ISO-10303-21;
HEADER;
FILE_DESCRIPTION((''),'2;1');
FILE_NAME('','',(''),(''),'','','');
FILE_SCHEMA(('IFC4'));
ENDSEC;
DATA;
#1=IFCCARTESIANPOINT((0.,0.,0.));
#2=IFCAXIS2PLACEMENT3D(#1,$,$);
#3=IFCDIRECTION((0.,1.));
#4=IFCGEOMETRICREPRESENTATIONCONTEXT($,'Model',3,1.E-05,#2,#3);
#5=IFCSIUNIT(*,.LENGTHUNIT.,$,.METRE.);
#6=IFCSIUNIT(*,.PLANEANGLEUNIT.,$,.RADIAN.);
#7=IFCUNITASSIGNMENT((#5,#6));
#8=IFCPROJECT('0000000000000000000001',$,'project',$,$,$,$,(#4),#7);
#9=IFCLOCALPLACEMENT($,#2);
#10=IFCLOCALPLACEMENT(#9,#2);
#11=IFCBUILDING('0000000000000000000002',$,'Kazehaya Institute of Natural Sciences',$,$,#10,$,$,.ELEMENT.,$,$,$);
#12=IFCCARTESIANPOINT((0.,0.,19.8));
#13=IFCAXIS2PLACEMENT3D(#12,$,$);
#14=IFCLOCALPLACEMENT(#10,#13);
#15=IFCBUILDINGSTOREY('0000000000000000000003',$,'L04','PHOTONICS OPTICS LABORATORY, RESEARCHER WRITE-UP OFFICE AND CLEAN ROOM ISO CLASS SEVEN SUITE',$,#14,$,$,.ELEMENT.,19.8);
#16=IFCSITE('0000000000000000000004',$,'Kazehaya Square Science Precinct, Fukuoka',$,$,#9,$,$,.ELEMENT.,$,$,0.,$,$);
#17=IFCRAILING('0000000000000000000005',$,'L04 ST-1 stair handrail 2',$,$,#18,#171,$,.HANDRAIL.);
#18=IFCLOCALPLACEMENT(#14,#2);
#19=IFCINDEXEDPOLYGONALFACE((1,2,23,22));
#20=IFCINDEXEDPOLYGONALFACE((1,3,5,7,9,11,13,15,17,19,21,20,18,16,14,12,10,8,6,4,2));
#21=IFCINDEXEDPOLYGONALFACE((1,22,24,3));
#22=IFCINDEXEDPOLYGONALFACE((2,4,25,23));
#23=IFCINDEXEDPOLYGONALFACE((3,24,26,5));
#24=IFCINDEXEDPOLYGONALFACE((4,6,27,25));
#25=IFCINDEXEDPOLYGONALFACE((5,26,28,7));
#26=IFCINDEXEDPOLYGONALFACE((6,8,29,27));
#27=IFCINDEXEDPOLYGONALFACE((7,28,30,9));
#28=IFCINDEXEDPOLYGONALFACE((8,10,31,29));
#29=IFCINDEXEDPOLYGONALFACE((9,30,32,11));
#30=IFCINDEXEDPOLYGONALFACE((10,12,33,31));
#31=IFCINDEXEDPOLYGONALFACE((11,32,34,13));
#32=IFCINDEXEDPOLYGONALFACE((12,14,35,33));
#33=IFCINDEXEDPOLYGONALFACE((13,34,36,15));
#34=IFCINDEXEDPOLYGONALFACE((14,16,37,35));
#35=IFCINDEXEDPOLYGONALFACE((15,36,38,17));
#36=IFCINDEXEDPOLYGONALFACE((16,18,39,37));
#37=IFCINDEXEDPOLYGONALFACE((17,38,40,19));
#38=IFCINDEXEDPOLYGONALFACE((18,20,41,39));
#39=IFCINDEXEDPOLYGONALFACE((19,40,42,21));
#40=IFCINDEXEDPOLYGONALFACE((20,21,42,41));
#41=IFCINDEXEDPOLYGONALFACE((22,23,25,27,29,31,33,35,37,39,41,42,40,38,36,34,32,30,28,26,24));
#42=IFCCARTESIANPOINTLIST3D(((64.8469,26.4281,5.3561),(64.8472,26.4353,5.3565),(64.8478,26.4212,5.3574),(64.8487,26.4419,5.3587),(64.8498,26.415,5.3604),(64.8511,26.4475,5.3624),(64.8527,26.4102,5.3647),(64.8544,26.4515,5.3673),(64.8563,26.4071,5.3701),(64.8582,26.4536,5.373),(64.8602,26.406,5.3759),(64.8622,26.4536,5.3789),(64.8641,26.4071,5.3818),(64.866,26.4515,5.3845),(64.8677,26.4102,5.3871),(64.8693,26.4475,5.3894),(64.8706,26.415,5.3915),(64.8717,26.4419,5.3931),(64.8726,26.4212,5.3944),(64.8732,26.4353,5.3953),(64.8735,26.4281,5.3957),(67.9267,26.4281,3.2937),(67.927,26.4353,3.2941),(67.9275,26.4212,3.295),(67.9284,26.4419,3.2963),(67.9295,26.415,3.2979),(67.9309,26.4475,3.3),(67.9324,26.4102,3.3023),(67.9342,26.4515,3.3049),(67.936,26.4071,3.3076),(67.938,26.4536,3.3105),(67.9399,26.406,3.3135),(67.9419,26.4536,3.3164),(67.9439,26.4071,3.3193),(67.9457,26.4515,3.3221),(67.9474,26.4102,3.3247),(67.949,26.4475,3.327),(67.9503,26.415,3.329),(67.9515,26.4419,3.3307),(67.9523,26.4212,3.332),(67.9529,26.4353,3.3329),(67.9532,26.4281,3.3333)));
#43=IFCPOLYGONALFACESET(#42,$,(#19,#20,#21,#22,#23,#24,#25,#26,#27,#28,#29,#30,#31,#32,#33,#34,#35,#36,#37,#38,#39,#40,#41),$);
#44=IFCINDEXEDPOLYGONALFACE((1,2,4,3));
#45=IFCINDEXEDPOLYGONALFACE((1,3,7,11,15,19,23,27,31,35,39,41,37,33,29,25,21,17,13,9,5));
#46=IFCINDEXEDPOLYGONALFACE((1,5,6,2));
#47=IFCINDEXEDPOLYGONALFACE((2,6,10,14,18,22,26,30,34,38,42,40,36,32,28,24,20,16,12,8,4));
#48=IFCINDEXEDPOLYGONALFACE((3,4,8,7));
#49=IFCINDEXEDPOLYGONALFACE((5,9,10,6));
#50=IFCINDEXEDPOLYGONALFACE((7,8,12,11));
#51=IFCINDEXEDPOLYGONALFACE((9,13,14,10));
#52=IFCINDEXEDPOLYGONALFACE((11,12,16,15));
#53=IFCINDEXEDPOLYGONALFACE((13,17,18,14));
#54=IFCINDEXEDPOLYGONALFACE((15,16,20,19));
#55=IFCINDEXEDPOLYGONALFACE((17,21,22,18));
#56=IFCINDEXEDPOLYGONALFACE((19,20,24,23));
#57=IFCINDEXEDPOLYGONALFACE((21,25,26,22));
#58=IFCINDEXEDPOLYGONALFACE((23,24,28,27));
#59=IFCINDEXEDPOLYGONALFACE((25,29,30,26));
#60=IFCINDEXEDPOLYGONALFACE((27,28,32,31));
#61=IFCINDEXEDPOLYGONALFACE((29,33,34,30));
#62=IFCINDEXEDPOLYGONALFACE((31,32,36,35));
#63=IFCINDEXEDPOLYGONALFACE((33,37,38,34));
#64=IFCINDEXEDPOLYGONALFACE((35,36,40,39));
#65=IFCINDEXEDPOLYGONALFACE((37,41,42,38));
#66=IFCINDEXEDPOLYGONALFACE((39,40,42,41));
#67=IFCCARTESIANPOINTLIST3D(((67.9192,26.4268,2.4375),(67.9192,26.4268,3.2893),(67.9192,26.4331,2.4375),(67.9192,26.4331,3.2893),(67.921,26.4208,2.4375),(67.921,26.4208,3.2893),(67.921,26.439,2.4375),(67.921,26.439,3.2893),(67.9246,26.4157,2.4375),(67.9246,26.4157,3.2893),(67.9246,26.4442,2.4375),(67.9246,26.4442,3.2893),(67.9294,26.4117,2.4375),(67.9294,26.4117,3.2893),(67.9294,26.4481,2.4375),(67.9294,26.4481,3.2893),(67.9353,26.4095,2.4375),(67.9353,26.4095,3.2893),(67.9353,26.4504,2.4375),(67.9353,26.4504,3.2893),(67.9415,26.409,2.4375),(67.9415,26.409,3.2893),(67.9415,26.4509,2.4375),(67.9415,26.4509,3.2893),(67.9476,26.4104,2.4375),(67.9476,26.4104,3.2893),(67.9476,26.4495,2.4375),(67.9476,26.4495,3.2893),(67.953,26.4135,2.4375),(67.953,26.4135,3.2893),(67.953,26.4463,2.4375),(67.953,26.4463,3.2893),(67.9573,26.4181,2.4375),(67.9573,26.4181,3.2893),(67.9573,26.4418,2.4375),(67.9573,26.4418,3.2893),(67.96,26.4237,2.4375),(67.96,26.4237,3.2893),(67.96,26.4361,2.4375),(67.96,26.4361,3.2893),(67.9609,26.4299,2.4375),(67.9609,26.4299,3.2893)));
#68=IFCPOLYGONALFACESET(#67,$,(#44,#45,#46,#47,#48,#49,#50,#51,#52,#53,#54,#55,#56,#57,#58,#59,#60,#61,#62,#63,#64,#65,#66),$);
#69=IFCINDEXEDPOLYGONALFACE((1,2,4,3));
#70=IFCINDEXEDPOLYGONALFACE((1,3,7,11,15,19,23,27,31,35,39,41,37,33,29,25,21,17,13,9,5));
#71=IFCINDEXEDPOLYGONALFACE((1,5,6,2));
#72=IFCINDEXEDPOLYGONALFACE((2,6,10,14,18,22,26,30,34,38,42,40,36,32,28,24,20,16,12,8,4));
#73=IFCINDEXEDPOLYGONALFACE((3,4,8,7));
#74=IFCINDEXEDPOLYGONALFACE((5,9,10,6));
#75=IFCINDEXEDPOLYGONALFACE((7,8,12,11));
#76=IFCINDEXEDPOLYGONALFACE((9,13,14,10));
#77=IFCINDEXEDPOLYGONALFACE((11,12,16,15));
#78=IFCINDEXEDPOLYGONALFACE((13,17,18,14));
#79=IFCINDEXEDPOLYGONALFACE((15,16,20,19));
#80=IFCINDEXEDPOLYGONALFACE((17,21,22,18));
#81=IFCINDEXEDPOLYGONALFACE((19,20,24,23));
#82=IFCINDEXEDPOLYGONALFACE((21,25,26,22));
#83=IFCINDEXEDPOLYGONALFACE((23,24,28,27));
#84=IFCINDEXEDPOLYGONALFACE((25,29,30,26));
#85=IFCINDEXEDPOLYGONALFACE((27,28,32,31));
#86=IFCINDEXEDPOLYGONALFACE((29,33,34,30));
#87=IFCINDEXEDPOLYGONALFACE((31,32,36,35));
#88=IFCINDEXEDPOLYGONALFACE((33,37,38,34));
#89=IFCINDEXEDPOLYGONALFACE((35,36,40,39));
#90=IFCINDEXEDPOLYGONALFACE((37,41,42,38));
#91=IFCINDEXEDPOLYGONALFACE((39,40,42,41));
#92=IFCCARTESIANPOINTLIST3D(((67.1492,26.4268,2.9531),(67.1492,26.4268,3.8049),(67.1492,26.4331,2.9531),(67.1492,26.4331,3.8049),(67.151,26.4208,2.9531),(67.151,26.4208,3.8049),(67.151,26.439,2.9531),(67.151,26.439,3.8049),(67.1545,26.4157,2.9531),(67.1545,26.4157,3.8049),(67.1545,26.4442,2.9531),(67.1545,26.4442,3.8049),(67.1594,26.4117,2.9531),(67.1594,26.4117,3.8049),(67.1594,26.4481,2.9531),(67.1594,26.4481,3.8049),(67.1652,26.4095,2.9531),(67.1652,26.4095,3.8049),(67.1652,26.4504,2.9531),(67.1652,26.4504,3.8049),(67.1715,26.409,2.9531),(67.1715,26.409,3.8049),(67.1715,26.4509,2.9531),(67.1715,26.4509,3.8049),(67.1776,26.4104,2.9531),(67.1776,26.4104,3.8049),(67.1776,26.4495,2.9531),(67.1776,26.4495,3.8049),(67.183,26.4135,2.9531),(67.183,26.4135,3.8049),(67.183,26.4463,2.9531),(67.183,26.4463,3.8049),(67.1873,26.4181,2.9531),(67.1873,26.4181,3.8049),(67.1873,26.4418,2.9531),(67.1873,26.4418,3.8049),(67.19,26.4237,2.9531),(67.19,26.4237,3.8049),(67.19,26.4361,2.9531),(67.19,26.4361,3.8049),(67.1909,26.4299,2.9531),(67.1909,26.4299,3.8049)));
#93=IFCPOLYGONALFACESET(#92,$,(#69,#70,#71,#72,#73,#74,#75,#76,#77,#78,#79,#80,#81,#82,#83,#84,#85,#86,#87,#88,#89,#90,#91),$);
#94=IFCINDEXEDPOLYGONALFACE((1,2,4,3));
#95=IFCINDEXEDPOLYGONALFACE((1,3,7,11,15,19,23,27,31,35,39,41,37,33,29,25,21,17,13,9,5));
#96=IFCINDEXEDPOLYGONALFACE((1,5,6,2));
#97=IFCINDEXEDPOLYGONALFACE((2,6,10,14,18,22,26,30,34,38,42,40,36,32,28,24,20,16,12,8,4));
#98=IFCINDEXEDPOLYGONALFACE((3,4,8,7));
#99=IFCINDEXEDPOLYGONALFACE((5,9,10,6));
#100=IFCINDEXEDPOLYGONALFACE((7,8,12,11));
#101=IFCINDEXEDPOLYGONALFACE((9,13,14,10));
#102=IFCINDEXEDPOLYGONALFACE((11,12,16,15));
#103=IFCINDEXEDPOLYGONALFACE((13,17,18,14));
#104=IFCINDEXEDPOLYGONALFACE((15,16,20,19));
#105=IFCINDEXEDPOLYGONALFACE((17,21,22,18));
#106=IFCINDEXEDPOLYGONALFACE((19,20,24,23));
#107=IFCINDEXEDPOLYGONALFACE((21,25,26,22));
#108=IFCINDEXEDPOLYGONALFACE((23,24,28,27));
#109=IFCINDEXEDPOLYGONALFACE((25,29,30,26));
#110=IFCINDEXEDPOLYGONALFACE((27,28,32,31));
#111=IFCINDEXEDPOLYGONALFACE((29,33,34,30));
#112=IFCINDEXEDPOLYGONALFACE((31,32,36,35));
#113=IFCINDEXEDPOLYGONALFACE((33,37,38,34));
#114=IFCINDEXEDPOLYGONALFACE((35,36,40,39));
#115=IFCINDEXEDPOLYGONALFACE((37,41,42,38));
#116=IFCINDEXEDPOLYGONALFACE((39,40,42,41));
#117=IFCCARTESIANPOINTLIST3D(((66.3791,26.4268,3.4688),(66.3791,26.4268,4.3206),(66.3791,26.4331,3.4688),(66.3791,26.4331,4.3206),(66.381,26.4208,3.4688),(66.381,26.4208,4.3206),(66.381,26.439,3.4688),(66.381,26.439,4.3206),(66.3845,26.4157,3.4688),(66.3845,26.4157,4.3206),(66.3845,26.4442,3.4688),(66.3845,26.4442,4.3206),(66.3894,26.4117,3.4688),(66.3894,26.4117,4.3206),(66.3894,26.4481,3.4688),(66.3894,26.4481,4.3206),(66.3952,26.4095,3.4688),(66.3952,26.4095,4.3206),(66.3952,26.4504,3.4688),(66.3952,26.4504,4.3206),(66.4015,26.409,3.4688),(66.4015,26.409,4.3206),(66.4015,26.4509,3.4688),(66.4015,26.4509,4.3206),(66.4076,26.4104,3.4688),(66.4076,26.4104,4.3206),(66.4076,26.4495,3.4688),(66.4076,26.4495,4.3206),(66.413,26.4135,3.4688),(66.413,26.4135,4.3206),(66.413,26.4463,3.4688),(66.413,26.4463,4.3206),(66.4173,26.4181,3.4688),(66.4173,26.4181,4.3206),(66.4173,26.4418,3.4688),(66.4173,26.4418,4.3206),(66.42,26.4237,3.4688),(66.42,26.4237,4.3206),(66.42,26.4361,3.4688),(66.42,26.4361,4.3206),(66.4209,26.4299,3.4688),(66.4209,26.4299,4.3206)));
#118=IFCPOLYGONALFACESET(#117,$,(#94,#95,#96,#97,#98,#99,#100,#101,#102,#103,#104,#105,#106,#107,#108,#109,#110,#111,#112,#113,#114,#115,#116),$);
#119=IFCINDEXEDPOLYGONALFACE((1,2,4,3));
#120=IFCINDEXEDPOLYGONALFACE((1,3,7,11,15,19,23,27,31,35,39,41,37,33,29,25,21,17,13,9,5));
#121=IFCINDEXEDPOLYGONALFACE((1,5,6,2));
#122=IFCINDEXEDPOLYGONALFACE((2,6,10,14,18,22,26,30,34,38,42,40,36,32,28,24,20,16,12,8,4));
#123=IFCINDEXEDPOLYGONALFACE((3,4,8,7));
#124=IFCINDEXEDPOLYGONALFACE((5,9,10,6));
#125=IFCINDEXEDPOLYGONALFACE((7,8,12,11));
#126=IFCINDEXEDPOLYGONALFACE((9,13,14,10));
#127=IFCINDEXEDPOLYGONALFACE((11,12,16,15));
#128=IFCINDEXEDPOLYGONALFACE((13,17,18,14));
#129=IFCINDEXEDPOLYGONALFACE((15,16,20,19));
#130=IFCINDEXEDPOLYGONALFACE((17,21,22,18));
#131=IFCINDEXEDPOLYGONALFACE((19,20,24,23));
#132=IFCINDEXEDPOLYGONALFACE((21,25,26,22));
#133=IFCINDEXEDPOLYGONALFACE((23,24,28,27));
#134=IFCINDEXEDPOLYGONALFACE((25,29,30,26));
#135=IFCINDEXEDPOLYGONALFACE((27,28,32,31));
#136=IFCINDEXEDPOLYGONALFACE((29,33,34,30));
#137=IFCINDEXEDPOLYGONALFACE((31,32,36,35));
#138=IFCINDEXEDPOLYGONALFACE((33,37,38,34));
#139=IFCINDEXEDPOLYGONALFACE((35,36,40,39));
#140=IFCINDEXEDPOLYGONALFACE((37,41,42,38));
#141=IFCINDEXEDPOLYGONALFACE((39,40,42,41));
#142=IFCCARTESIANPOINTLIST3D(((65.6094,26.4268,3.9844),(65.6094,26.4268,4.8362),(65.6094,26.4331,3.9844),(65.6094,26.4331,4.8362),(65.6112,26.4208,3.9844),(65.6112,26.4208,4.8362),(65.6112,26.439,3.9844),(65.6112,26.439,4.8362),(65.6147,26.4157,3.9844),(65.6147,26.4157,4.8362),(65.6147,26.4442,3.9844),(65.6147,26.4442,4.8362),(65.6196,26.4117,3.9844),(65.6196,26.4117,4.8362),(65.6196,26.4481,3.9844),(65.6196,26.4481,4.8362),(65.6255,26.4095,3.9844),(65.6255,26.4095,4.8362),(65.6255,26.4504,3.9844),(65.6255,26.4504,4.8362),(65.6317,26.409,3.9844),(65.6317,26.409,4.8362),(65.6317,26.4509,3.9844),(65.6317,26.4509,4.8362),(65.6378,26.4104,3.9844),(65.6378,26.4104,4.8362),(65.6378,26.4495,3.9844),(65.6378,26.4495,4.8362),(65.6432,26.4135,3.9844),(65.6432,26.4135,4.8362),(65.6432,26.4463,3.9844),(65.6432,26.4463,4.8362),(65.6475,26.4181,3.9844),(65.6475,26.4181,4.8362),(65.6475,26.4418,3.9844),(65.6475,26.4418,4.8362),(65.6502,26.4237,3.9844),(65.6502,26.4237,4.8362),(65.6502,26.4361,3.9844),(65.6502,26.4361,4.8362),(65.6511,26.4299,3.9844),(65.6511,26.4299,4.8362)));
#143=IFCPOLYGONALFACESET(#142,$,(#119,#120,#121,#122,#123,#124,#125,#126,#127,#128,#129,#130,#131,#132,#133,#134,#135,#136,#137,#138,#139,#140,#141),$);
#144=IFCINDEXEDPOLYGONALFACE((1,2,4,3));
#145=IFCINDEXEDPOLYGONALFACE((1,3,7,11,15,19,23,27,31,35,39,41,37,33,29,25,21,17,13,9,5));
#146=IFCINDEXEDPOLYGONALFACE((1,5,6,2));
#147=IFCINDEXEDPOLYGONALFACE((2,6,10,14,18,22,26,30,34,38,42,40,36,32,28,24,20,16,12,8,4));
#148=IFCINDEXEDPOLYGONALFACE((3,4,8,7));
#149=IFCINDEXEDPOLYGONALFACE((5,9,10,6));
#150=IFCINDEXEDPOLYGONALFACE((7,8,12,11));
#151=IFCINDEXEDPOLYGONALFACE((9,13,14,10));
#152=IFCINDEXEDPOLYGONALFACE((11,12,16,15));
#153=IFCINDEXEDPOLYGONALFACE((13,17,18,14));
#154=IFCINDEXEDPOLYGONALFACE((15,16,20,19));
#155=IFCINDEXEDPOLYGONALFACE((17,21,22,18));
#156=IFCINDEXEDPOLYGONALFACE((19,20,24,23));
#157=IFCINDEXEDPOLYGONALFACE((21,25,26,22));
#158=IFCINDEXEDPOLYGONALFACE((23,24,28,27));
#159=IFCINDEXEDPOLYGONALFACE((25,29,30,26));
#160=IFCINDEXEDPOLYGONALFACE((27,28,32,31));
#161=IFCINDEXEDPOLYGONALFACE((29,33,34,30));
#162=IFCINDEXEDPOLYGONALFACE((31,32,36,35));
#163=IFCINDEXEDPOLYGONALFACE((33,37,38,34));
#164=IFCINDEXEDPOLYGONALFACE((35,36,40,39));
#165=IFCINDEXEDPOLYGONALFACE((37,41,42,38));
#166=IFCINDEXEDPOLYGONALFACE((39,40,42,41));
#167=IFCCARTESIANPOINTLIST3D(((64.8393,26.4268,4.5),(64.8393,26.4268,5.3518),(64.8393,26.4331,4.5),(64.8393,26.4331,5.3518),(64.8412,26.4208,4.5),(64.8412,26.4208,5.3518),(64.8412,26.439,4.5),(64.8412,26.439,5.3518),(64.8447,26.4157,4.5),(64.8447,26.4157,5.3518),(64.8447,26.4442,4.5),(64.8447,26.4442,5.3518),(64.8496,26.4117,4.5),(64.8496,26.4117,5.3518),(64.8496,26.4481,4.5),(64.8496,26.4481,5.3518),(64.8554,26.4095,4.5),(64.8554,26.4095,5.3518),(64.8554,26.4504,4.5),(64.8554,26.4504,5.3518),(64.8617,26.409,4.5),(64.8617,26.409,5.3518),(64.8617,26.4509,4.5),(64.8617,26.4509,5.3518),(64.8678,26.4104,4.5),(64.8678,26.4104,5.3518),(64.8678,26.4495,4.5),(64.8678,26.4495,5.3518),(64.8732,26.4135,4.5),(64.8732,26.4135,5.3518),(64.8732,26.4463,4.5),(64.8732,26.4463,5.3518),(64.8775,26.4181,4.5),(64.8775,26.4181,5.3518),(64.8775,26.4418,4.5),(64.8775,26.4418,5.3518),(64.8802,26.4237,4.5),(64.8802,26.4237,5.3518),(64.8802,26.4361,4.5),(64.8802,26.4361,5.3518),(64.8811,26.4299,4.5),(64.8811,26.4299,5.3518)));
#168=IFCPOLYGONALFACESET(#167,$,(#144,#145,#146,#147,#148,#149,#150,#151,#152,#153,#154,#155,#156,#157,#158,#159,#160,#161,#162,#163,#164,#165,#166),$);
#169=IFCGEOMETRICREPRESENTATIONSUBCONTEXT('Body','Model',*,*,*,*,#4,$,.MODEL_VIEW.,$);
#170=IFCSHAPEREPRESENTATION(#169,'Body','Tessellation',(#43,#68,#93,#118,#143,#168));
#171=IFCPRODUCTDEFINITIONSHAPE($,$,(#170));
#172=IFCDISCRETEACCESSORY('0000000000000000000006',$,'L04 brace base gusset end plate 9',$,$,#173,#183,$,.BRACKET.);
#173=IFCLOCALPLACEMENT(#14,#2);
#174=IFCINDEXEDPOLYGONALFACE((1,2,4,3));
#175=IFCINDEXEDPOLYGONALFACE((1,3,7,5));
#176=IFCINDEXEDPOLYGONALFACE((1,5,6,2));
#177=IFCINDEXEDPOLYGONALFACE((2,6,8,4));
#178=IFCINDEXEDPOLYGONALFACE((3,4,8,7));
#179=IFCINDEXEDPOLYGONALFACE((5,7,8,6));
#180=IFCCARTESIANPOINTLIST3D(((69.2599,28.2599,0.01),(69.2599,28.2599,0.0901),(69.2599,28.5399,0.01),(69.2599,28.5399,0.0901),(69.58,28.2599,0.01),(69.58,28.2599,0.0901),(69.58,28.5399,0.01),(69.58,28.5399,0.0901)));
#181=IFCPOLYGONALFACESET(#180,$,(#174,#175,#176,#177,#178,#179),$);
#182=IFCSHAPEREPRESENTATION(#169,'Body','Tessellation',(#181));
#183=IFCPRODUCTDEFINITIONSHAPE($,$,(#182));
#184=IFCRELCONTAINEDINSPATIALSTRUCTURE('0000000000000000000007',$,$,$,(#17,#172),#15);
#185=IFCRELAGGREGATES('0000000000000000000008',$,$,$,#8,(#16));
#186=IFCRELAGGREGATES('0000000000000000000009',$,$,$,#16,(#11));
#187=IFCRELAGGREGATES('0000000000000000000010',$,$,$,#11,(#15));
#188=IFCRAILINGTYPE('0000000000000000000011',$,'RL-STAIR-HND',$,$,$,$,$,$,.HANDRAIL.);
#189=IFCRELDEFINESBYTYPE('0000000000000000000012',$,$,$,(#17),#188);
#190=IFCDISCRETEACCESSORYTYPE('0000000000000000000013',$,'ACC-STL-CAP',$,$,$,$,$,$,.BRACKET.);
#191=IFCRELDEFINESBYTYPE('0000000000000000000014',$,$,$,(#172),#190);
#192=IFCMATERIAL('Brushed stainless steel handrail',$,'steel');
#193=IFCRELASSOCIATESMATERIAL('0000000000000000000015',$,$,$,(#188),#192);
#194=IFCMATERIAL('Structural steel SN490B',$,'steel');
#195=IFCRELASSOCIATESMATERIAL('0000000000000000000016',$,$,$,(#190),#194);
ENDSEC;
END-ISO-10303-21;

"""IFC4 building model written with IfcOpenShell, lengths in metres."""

from ifc_helpers import new_model, si_unit, direction, frame, origin, origin_2d, place, context, subcontext, project, spatial, rectangle, circle, extrude, material, type_object, element, save


model = new_model("IFC4")

# Units and contexts
model_context = context("Model", 3, precision=1e-05, world=origin(), true_north=direction((0.0, 1.0)))
body_context = subcontext(model_context, "Body", "Model", "MODEL_VIEW")
ifc_project = project(units=[si_unit("LENGTHUNIT", "METRE"), si_unit("PLANEANGLEUNIT", "RADIAN")], contexts=[model_context])

# Site, building, storey
site_placement = place(None, origin())
site = spatial("IfcSite", under=ifc_project, at=site_placement, Name="Kazehaya Square Science Precinct, Fukuoka", CompositionType="ELEMENT", RefElevation=0.0)
building_placement = place(site_placement, origin())
building = spatial("IfcBuilding", under=site, at=building_placement, Name="Kazehaya Institute of Natural Sciences", CompositionType="ELEMENT")
storey_placement = place(building_placement, frame((0.0, 0.0, 19.8)))
storey = spatial("IfcBuildingStorey", under=building, at=storey_placement, Name="L04", Description="PHOTONICS OPTICS LABORATORY, RESEARCHER WRITE-UP OFFICE AND CLEAN ROOM ISO CLASS SEVEN SUITE", CompositionType="ELEMENT", Elevation=19.8)

# Shared definitions
ifc_material_1 = material(Name="Structural steel SN490B", Category="steel")

# Railing
ifc_material_2 = material(Name="Brushed stainless steel handrail", Category="steel")
railing_type_1 = type_object("IfcRailingType", Name="RL-STAIR-HND", PredefinedType="HANDRAIL", material=ifc_material_2)
railing_1_placement = place(storey_placement, frame((67.9399, 26.4299, 2.4375)))
element("IfcRailing", 1, at=railing_1_placement, inside=storey, type_object=railing_type_1, Name="L04 ST-1 stair handrail 2", PredefinedType="HANDRAIL", context=body_context, shape_type="SweptSolid", body=[
    extrude(circle(Radius=0.0239, at=origin_2d()), frame((0.0, 0.0, 0.876), z_axis=(-0.830893, 0.0, 0.556432), x_axis=(0.0, -1.0, 0.0)), (0.0, 0.0, 1.0), 3.7065),
    extrude(circle(Radius=0.021, at=origin_2d()), origin(), (0.0, 0.0, 1.0), 0.8518),
    extrude(circle(Radius=0.021, at=origin_2d()), frame((-0.77, 0.0, 0.5156)), (0.0, 0.0, 1.0), 0.8518),
    extrude(circle(Radius=0.021, at=origin_2d()), frame((-1.54, 0.0, 1.0312)), (0.0, 0.0, 1.0), 0.8518),
    extrude(circle(Radius=0.021, at=origin_2d()), frame((-2.3098, 0.0, 1.5469)), (0.0, 0.0, 1.0), 0.8518),
    extrude(circle(Radius=0.021, at=origin_2d()), frame((-3.0798, 0.0, 2.0625)), (0.0, 0.0, 1.0), 0.8518),
])

# Discrete accessory
discrete_accessory_type = type_object("IfcDiscreteAccessoryType", Name="ACC-STL-CAP", PredefinedType="BRACKET", material=ifc_material_1)
discrete_accessory_placement = place(storey_placement, frame((69.4199, 28.3999, 0.01), z_axis=(0.0, 0.0, 1.0), x_axis=(1.0, 0.0, 0.0)))
element("IfcDiscreteAccessory", 2, at=discrete_accessory_placement, inside=storey, type_object=discrete_accessory_type, Name="L04 brace base gusset end plate 9", PredefinedType="BRACKET", context=body_context, shape_type="SweptSolid", body=[
    extrude(rectangle(XDim=0.3201, YDim=0.28, at=origin_2d()), origin(), (0.0, 0.0, 1.0), 0.0801),
])

save(model, "model.ifc")
